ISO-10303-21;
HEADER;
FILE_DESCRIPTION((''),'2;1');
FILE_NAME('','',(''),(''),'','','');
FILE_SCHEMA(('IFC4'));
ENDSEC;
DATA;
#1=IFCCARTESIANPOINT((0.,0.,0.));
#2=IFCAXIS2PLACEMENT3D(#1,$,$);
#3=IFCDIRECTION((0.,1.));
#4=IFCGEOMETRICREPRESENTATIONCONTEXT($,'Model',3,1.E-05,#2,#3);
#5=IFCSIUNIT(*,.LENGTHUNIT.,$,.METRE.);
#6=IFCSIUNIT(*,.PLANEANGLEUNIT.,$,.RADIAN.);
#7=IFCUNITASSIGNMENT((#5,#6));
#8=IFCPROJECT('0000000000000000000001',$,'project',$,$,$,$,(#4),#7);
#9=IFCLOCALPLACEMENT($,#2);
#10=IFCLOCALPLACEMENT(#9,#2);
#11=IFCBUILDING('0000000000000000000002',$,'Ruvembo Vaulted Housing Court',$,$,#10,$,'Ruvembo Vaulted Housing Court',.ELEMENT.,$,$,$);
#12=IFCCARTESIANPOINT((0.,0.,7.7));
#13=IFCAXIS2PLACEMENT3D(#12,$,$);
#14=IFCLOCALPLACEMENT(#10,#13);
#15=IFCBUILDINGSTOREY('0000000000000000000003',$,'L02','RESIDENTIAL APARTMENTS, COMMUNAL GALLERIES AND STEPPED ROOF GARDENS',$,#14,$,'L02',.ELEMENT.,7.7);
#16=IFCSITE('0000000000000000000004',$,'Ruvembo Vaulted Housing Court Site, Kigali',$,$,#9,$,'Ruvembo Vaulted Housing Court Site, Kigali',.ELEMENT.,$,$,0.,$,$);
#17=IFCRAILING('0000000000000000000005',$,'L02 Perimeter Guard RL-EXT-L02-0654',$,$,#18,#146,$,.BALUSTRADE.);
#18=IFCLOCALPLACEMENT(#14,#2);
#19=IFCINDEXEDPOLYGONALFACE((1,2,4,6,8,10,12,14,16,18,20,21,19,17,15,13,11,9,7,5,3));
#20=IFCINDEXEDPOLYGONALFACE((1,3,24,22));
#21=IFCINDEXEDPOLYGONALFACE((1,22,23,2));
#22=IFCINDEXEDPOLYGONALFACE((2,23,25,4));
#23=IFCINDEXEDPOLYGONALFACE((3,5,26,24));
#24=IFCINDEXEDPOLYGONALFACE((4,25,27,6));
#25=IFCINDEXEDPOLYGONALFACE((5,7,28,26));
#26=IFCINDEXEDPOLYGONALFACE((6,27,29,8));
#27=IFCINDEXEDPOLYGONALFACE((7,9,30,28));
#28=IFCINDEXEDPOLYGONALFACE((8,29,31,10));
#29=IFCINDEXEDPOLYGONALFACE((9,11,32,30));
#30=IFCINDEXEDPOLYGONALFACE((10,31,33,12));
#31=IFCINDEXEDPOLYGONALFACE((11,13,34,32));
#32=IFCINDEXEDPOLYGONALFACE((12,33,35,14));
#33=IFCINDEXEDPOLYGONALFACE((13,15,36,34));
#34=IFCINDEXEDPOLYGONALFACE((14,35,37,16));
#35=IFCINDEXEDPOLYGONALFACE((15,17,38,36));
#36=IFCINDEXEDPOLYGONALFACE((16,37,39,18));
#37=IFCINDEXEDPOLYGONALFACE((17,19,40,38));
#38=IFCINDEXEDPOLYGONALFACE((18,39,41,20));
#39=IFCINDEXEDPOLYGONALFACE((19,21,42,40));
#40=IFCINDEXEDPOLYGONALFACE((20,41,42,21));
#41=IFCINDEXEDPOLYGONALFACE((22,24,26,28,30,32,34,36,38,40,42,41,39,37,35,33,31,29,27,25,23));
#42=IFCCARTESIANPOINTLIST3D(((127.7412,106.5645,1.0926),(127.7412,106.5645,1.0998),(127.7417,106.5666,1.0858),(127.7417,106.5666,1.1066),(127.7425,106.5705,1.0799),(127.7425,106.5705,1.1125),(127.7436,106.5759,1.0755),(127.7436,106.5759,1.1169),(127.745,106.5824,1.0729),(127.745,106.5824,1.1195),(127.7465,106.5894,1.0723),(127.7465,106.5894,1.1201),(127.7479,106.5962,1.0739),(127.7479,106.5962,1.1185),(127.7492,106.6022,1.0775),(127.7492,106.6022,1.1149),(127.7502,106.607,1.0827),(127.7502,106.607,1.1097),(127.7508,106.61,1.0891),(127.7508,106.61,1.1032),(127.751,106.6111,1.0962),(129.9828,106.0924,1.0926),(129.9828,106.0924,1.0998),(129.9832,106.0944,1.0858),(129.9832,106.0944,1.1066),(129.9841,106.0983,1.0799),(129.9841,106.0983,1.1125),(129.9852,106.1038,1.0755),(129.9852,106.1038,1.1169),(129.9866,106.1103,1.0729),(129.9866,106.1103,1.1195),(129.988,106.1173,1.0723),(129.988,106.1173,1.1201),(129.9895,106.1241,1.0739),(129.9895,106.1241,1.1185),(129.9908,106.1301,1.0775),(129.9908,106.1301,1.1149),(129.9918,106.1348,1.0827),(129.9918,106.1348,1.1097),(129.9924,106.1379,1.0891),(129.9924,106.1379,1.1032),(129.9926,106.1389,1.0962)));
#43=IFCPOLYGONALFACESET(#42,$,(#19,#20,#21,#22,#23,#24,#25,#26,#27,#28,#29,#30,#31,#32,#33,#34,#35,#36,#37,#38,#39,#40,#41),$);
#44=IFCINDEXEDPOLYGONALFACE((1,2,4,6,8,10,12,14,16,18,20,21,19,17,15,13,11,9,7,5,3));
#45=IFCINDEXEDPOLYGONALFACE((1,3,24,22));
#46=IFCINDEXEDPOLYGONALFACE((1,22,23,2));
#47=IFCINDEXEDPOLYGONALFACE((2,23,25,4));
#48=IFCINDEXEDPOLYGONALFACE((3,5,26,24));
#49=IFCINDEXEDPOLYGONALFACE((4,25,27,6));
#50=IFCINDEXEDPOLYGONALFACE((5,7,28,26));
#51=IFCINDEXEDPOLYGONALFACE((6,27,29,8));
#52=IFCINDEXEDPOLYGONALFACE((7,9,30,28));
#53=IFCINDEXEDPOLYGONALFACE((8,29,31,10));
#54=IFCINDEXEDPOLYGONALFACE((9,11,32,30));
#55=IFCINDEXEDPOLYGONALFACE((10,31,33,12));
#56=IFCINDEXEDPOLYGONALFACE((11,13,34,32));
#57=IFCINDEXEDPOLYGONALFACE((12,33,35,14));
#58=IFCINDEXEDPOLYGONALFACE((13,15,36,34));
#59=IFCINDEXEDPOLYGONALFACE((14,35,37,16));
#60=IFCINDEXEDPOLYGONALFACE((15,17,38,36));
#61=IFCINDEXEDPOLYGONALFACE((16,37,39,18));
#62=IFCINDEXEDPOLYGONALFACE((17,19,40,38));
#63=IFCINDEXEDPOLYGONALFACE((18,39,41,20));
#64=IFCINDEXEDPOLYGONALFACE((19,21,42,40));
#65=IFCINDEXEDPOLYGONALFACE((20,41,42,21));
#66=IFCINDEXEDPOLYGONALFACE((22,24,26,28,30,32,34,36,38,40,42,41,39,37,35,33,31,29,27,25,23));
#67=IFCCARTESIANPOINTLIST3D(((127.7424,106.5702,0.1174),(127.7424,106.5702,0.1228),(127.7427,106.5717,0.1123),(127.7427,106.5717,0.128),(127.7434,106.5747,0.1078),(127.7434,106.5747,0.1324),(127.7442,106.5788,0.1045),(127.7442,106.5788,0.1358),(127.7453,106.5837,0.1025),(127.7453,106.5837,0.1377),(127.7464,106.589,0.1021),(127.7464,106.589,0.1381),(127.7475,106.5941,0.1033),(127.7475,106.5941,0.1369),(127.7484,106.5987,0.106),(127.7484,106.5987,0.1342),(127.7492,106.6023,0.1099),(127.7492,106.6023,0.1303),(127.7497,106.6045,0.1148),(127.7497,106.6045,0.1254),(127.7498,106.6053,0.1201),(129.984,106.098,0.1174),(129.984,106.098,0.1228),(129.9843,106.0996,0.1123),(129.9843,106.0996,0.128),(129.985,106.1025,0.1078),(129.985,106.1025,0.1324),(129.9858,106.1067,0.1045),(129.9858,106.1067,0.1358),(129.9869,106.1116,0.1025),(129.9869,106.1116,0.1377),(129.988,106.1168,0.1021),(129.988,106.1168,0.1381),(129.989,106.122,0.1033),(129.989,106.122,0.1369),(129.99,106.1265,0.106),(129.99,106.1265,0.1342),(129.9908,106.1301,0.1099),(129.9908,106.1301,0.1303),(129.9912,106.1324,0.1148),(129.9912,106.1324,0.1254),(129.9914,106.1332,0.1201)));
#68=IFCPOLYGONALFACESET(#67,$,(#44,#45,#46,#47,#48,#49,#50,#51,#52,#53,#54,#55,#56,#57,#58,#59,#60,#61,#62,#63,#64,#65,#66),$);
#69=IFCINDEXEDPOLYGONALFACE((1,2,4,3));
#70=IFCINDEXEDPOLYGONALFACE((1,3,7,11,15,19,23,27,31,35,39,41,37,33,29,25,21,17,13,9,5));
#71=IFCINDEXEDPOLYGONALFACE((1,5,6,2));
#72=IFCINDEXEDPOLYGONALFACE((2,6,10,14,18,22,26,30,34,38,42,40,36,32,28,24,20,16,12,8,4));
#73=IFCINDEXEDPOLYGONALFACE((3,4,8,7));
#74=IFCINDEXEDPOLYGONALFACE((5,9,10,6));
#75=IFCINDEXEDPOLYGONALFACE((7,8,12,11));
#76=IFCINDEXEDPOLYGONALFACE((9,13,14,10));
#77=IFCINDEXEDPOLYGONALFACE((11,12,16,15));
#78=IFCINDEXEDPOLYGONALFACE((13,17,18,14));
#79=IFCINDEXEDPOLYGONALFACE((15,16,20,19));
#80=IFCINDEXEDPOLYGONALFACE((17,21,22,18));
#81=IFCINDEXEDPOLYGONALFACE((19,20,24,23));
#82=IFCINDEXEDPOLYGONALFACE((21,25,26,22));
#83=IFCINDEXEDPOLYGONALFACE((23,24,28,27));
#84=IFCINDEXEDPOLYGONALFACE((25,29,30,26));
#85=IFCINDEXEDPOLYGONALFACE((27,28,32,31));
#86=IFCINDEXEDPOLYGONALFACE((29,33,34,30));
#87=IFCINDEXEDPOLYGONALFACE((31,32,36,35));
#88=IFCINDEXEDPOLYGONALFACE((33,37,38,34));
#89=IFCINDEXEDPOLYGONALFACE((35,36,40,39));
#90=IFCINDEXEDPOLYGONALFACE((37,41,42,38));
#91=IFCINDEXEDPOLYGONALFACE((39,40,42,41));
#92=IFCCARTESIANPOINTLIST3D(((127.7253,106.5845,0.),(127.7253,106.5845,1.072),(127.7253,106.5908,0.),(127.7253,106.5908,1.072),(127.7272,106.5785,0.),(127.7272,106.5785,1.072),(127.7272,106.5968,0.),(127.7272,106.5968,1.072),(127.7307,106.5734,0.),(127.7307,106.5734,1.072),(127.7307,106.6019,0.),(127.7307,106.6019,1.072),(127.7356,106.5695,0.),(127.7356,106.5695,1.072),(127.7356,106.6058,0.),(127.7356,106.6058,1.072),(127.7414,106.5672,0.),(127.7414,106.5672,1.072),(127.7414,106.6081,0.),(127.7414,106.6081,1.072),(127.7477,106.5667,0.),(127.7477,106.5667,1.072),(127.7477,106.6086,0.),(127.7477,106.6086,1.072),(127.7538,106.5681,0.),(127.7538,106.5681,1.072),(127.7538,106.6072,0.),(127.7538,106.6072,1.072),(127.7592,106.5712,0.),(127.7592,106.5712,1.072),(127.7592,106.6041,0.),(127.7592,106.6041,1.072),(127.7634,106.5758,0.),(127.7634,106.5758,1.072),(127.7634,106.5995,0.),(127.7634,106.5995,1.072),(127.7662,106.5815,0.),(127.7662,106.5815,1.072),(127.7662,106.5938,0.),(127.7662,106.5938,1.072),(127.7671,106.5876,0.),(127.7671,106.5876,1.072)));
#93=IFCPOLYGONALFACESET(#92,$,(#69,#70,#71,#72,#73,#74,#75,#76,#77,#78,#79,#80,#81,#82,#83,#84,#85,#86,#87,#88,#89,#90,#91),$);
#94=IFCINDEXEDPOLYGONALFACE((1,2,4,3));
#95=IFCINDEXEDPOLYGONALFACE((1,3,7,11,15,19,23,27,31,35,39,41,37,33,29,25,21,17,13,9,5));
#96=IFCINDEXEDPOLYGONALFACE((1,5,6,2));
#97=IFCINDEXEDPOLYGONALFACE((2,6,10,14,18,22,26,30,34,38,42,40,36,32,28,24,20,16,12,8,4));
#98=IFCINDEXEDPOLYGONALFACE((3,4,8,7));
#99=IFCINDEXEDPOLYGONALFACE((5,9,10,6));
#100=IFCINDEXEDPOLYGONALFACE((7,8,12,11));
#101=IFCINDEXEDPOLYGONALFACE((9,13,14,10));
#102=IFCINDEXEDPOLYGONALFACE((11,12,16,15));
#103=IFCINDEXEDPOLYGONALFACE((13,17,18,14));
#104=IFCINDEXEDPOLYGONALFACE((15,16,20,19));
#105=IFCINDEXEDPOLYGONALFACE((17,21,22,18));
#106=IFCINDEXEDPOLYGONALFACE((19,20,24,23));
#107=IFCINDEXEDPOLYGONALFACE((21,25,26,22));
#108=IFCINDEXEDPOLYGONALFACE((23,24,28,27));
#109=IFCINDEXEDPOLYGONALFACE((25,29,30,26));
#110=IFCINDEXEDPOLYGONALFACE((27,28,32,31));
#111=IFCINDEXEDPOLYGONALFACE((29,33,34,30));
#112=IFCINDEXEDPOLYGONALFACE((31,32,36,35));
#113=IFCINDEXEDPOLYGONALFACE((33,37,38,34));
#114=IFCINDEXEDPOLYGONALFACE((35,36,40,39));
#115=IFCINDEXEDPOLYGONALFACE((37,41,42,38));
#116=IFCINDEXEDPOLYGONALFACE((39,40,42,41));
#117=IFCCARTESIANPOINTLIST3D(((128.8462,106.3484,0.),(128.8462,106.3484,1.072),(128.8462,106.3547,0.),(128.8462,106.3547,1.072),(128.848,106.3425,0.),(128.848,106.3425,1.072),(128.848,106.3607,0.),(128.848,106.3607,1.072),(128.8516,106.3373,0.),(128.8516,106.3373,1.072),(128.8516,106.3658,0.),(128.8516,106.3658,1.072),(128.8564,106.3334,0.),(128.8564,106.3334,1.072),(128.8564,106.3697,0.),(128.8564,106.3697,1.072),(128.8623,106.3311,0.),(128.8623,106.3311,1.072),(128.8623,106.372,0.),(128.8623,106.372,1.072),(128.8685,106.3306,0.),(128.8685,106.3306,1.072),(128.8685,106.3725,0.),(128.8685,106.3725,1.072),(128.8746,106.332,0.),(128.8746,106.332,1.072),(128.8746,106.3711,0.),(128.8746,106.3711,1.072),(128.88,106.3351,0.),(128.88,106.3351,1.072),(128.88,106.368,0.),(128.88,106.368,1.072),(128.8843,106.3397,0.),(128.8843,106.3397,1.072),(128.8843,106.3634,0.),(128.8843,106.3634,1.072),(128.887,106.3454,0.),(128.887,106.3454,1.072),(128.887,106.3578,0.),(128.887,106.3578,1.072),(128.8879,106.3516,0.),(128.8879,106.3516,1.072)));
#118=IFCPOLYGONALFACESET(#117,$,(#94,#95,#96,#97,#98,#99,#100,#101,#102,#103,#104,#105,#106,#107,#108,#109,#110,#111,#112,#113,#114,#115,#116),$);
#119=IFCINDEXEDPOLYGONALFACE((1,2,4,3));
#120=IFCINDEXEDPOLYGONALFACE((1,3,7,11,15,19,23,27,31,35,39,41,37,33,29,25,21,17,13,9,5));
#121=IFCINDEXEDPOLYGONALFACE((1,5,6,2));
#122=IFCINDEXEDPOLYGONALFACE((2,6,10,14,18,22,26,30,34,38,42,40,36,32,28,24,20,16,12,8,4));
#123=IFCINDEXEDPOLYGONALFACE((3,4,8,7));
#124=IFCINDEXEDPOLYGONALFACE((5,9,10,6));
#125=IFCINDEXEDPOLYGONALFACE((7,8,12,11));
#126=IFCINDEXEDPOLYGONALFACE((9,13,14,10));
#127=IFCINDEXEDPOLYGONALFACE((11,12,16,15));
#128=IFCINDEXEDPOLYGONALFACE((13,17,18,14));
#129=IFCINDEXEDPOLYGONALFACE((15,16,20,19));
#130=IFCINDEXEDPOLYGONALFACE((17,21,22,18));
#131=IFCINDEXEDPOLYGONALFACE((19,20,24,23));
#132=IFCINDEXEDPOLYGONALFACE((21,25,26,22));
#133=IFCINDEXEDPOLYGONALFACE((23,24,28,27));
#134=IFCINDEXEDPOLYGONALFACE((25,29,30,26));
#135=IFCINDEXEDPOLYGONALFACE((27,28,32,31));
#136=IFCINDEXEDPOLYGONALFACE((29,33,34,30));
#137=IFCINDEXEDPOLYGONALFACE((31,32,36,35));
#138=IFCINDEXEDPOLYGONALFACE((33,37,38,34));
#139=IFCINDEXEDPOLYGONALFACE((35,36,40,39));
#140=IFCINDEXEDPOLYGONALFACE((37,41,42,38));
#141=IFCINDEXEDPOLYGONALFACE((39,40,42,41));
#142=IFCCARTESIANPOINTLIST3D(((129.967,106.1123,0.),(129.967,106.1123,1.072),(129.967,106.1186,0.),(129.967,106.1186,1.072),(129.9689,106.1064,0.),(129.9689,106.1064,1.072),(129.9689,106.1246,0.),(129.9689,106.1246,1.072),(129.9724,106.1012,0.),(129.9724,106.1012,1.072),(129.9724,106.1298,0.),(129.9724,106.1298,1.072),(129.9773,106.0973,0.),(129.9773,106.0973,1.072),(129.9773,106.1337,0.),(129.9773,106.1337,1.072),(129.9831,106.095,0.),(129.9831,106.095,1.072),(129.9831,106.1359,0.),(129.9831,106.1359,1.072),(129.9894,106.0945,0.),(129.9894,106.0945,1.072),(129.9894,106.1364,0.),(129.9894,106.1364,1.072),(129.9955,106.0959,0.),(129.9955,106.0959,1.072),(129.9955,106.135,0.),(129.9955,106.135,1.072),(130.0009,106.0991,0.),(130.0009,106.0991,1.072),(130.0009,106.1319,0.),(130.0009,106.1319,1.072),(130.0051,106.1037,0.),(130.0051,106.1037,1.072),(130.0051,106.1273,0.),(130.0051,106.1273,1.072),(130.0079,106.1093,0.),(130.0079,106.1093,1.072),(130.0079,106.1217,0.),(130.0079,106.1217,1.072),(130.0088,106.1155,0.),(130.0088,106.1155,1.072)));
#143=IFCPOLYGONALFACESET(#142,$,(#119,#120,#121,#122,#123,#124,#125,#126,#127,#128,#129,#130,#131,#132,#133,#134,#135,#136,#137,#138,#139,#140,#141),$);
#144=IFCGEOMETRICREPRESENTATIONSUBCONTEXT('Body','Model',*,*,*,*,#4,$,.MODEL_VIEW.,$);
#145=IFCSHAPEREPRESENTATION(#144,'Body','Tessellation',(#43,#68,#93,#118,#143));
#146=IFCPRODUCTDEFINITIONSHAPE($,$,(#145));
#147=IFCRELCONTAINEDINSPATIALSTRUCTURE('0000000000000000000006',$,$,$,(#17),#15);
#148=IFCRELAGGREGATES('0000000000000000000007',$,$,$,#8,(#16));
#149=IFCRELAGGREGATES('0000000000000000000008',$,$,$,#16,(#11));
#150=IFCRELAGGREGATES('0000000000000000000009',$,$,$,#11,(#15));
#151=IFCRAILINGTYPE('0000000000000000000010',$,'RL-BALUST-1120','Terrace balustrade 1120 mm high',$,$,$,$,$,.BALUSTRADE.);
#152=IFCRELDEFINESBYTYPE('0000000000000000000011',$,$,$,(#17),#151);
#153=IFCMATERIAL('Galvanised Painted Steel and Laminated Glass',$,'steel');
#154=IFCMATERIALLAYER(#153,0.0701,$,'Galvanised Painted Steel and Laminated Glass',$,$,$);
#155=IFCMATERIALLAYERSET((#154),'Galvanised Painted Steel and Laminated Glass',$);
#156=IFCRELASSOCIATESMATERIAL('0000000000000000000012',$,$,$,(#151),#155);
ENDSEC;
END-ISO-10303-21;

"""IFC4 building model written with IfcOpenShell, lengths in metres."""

from ifc_helpers import new_model, si_unit, direction, frame, origin, origin_2d, place, context, subcontext, project, spatial, circle, extrude, material, layer, layer_set, type_object, element, save


model = new_model("IFC4")

# Units and contexts
model_context = context("Model", 3, precision=1e-05, world=origin(), true_north=direction((0.0, 1.0)))
body_context = subcontext(model_context, "Body", "Model", "MODEL_VIEW")
ifc_project = project(units=[si_unit("LENGTHUNIT", "METRE"), si_unit("PLANEANGLEUNIT", "RADIAN")], contexts=[model_context])

# Site, building, storey
site_placement = place(None, origin())
site = spatial("IfcSite", under=ifc_project, at=site_placement, Name="Ruvembo Vaulted Housing Court Site, Kigali", LongName="Ruvembo Vaulted Housing Court Site, Kigali", CompositionType="ELEMENT", RefElevation=0.0)
building_placement = place(site_placement, origin())
building = spatial("IfcBuilding", under=site, at=building_placement, Name="Ruvembo Vaulted Housing Court", LongName="Ruvembo Vaulted Housing Court", CompositionType="ELEMENT")
storey_placement = place(building_placement, frame((0.0, 0.0, 7.7)))
storey = spatial("IfcBuildingStorey", under=building, at=storey_placement, Name="L02", Description="RESIDENTIAL APARTMENTS, COMMUNAL GALLERIES AND STEPPED ROOF GARDENS", LongName="L02", CompositionType="ELEMENT", Elevation=7.7)

# Railing
ifc_material_1 = material(Name="Galvanised Painted Steel and Laminated Glass", Category="steel")
ifc_layer_1 = layer(ifc_material_1, 0.0701, Name="Galvanised Painted Steel and Laminated Glass")
ifc_layer_set_1 = layer_set([ifc_layer_1], Name="Galvanised Painted Steel and Laminated Glass")
railing_type = type_object("IfcRailingType", Name="RL-BALUST-1120", Description="Terrace balustrade 1120 mm high", PredefinedType="BALUSTRADE", material=ifc_layer_set_1)
railing_1_placement = place(storey_placement, frame((127.7461, 106.5876, 0.0)))
element("IfcRailing", 1, at=railing_1_placement, inside=storey, type_object=railing_type, Name="L02 Perimeter Guard RL-EXT-L02-0654", PredefinedType="BALUSTRADE", context=body_context, shape_type="SweptSolid", body=[
    extrude(circle(Radius=0.0239, at=origin_2d()), frame((0.0, 0.0, 1.0962), z_axis=(0.978529, -0.206107, 0.0), x_axis=(0.206107, 0.978529, 0.0)), (0.0, 0.0, 1.0), 2.2908),
    extrude(circle(Radius=0.0181, at=origin_2d()), frame((0.0, 0.0, 0.1201), z_axis=(0.978529, -0.206107, 0.0), x_axis=(0.206107, 0.978529, 0.0)), (0.0, 0.0, 1.0), 2.2908),
    extrude(circle(Radius=0.021, at=origin_2d()), origin(), (0.0, 0.0, 1.0), 1.072),
    extrude(circle(Radius=0.021, at=origin_2d()), frame((1.1208, -0.2361, 0.0)), (0.0, 0.0, 1.0), 1.072),
    extrude(circle(Radius=0.021, at=origin_2d()), frame((2.2417, -0.4722, 0.0)), (0.0, 0.0, 1.0), 1.072),
])

save(model, "model.ifc")
